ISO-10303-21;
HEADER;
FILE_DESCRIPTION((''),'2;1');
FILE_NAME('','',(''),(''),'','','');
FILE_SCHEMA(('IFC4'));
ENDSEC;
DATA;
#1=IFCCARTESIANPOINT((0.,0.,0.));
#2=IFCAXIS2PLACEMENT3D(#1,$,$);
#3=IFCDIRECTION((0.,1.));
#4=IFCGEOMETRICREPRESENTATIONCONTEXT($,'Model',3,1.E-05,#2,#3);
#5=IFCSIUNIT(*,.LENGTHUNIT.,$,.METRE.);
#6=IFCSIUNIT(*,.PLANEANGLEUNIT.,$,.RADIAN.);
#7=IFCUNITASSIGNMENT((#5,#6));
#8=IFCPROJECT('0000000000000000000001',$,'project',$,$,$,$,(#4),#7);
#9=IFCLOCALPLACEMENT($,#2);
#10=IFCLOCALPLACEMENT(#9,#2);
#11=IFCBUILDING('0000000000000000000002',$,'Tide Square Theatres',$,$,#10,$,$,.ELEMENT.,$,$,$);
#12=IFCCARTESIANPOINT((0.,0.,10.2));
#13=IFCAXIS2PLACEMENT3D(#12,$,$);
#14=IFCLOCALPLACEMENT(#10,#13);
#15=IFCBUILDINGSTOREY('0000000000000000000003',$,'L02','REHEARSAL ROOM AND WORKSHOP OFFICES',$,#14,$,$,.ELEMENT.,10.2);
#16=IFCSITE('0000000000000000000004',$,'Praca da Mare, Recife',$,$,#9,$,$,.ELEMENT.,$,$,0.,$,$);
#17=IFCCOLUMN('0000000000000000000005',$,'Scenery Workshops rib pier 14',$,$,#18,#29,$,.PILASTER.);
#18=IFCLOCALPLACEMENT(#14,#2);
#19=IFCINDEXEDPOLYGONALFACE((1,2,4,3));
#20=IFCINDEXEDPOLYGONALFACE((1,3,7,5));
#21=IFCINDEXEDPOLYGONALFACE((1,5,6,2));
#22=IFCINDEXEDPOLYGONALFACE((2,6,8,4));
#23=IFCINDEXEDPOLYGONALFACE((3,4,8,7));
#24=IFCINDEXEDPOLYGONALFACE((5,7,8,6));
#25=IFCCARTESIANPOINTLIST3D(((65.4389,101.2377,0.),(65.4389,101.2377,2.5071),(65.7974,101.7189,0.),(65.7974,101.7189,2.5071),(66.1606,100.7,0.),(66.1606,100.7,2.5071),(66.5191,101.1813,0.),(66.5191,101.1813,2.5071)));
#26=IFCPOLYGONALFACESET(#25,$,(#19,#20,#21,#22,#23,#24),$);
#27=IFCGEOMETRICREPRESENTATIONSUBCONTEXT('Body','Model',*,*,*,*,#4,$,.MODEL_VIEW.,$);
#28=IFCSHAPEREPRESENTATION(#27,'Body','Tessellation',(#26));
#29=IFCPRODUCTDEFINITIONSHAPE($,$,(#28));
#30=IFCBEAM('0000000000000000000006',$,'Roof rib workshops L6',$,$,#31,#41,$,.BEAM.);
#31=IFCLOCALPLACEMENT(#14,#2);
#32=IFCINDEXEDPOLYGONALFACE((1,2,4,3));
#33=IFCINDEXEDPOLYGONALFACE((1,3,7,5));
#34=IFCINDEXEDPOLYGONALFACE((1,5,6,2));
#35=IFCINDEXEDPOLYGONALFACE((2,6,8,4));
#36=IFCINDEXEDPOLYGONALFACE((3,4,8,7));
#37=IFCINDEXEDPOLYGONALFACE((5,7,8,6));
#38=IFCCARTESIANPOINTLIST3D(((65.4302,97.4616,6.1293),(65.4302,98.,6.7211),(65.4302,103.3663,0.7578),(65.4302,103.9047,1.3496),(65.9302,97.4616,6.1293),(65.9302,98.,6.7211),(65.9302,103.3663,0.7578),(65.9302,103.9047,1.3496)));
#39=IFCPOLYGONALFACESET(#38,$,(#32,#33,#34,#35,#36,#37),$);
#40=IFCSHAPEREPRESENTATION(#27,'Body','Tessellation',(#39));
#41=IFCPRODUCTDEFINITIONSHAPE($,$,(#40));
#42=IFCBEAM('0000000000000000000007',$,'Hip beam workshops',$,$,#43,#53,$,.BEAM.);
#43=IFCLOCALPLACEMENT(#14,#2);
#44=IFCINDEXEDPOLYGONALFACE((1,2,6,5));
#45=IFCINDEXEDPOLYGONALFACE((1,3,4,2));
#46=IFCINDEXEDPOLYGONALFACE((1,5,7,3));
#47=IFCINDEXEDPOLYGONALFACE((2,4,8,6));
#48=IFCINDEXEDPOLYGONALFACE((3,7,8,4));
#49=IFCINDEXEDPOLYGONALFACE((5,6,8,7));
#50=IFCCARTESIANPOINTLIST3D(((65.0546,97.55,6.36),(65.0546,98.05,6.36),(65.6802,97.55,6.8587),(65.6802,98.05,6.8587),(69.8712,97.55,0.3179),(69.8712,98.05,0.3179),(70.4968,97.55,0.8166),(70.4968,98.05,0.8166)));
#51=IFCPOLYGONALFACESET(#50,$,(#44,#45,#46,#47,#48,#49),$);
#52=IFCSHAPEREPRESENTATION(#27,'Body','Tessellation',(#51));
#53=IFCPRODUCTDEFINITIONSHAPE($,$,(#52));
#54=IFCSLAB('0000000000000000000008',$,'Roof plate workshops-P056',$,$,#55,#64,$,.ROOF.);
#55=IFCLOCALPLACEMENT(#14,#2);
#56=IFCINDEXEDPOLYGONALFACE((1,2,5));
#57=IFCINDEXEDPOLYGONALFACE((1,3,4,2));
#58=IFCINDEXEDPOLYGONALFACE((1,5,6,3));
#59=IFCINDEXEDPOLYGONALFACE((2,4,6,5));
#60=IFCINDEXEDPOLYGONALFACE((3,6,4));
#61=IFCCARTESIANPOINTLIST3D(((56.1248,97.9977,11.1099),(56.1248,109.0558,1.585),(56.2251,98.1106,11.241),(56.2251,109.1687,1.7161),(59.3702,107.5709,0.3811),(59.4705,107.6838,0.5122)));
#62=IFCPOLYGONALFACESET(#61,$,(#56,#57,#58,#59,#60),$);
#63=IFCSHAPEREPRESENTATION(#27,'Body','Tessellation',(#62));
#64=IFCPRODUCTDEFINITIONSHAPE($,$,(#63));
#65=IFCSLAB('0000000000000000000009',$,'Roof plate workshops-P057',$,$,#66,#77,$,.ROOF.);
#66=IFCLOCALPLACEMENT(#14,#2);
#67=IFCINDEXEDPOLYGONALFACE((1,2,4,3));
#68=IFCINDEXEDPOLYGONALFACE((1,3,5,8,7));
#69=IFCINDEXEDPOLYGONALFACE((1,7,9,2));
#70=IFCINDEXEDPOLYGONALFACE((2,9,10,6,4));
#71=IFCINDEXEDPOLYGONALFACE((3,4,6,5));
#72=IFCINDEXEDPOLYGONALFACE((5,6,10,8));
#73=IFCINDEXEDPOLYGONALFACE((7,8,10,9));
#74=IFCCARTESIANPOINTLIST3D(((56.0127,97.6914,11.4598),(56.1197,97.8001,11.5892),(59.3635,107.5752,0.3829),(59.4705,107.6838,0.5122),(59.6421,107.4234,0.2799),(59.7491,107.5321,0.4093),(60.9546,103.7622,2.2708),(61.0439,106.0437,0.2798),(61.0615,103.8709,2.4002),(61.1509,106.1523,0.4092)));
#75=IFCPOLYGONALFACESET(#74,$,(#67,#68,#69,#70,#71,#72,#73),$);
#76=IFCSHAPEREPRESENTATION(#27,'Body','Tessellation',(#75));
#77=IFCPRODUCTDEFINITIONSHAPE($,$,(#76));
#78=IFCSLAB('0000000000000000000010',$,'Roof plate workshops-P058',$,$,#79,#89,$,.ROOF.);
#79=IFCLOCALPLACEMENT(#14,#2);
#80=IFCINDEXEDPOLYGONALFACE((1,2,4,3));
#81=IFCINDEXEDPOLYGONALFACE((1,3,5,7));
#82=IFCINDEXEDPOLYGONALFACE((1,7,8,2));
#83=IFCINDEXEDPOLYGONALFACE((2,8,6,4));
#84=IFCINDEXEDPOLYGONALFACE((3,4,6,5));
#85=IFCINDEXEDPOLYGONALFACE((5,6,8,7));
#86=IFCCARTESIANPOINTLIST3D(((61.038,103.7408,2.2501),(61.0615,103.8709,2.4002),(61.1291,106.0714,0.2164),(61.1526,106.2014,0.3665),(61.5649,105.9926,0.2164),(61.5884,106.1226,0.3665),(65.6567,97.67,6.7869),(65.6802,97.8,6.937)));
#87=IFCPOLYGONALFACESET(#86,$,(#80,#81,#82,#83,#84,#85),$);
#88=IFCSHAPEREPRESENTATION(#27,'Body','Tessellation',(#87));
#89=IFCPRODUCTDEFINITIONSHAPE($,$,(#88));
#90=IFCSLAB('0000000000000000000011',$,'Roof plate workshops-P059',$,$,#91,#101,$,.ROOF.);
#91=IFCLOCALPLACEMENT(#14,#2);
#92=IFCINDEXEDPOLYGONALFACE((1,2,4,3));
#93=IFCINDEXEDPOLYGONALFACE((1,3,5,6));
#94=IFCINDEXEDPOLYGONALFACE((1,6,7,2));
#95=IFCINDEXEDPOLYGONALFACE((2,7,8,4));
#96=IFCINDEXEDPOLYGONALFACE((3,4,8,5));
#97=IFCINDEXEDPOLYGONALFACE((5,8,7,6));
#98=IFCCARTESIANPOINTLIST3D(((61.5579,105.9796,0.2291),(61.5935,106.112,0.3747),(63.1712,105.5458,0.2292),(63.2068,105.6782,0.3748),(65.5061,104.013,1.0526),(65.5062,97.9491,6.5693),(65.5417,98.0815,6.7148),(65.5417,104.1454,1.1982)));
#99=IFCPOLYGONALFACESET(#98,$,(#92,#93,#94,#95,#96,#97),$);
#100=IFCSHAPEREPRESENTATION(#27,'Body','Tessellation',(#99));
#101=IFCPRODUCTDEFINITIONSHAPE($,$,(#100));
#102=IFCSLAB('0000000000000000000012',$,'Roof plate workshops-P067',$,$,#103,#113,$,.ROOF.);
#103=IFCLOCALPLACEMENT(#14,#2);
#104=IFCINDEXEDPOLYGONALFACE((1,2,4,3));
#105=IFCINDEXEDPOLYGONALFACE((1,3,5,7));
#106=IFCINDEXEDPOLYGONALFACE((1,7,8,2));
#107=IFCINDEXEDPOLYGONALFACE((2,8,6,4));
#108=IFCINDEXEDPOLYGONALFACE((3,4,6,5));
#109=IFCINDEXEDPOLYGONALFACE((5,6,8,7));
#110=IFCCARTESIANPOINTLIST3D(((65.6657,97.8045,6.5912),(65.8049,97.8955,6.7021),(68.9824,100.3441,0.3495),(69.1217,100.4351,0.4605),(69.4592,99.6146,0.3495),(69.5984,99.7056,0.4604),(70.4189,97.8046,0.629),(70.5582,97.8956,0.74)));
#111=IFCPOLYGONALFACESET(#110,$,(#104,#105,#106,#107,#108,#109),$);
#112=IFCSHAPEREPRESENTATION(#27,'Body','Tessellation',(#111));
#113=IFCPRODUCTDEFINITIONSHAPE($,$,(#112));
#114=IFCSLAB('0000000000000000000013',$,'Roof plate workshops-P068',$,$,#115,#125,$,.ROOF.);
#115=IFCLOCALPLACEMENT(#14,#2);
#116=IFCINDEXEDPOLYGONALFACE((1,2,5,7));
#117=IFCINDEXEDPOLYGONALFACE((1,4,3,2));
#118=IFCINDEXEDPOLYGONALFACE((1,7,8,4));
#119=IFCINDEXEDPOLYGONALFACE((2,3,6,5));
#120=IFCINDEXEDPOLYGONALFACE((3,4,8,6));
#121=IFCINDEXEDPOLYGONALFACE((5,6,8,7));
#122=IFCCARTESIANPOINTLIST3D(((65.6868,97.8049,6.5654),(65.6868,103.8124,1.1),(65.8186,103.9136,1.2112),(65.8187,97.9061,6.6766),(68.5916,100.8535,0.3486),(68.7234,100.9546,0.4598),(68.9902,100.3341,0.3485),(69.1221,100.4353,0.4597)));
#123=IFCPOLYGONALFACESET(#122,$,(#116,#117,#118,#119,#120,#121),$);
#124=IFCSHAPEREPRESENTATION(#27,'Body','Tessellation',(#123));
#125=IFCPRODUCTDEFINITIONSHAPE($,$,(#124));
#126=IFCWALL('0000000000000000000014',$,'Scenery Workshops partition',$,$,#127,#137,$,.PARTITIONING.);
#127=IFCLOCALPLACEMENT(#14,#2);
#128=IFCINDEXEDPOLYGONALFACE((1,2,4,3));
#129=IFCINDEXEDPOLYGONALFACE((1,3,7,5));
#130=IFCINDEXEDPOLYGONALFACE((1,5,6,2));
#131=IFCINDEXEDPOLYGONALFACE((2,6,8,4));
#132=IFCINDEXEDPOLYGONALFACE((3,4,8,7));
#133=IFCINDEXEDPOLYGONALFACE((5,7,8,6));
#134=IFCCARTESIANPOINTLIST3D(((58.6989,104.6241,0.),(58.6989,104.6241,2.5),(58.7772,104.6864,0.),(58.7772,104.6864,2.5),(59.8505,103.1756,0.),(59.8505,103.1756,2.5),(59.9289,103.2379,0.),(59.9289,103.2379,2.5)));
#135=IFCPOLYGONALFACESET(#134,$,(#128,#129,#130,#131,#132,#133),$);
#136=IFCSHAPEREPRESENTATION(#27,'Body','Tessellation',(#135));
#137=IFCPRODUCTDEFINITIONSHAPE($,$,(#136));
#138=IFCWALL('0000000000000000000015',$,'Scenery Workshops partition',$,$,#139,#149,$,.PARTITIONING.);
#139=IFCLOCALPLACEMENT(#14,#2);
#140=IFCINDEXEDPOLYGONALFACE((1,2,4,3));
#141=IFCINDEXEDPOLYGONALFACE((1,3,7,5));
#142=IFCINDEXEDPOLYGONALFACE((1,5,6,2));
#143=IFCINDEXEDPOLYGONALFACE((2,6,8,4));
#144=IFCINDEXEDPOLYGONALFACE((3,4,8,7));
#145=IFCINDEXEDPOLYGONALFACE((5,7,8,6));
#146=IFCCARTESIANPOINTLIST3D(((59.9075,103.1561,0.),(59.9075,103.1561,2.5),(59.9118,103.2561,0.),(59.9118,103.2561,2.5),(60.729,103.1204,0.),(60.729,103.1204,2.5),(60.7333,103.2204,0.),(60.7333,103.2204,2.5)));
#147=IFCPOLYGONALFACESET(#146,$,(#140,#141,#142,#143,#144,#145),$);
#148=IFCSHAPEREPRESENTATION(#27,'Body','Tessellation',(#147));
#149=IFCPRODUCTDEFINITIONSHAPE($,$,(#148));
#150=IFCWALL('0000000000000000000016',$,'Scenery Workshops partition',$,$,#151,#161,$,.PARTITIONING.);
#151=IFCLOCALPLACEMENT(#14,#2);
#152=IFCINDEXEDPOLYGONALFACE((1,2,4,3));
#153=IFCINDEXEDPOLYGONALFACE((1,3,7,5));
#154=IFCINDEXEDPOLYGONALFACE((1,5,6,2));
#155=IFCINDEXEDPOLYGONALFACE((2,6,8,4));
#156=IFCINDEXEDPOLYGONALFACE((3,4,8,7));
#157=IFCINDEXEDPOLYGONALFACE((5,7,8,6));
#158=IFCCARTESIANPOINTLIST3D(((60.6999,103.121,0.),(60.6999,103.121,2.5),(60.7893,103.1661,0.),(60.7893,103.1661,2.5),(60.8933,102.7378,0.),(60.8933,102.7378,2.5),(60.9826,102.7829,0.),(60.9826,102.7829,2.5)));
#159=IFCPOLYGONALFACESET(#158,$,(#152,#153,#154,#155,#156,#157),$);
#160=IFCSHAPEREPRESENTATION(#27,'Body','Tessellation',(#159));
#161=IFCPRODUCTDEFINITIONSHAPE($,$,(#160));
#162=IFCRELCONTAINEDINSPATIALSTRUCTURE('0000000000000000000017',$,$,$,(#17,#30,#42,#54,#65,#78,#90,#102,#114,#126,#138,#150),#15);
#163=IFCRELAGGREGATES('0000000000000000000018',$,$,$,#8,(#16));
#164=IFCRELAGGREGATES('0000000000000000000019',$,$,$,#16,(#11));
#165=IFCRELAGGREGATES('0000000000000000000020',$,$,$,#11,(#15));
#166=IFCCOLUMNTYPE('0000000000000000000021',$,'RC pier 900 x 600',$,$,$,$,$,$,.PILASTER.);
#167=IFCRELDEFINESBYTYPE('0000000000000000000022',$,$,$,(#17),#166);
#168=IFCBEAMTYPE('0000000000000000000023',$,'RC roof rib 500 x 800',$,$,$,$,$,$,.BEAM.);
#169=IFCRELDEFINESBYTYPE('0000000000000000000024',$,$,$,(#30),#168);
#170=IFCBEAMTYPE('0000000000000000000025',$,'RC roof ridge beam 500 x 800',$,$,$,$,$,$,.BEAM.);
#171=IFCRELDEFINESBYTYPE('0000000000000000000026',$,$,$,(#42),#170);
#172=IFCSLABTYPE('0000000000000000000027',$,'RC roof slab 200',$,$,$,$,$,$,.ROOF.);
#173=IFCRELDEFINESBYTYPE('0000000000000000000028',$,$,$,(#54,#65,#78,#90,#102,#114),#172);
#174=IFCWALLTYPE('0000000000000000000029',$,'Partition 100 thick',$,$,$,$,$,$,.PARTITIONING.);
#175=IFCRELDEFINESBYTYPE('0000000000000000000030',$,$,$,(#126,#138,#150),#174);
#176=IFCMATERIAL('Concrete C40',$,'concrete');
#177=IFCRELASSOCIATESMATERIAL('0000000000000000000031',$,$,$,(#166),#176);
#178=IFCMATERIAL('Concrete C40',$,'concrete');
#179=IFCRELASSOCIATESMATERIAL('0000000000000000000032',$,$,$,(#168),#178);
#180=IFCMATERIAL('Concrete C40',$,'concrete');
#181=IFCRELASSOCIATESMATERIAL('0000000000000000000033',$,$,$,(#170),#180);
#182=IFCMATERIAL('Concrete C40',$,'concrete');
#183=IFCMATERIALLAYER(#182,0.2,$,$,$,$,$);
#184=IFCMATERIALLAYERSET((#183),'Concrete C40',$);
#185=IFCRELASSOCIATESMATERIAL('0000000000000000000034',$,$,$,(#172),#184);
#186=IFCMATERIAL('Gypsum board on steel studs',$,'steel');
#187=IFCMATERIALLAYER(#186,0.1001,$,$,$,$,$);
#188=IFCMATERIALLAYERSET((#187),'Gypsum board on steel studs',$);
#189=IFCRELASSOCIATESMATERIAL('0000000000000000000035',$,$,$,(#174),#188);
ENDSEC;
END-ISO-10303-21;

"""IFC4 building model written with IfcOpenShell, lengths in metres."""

from ifc_helpers import new_model, si_unit, direction, frame, frame_2d, origin, origin_2d, place, context, subcontext, project, spatial, polyline, rectangle, outline, extrude, material, layer, layer_set, material_profile, profile_set, type_object, element, save


model = new_model("IFC4")

# Units and contexts
model_context = context("Model", 3, precision=1e-05, world=origin(), true_north=direction((0.0, 1.0)))
body_context = subcontext(model_context, "Body", "Model", "MODEL_VIEW")
ifc_project = project(units=[si_unit("LENGTHUNIT", "METRE"), si_unit("PLANEANGLEUNIT", "RADIAN")], contexts=[model_context])

# Site, building, storey
site_placement = place(None, origin())
site = spatial("IfcSite", under=ifc_project, at=site_placement, Name="Praca da Mare, Recife", CompositionType="ELEMENT", RefElevation=0.0)
building_placement = place(site_placement, origin())
building = spatial("IfcBuilding", under=site, at=building_placement, Name="Tide Square Theatres", CompositionType="ELEMENT")
storey_placement = place(building_placement, frame((0.0, 0.0, 10.2)))
storey = spatial("IfcBuildingStorey", under=building, at=storey_placement, Name="L02", Description="REHEARSAL ROOM AND WORKSHOP OFFICES", CompositionType="ELEMENT", Elevation=10.2)

# Column
ifc_material_1 = material(Name="Concrete C40", Category="concrete")
ifc_material_profile_1 = material_profile(ifc_material_1, rectangle(XDim=0.8999, YDim=0.6001, at=origin_2d()))
ifc_profile_set_1 = profile_set([ifc_material_profile_1], Name="Concrete C40")
column_type = type_object("IfcColumnType", Name="RC pier 900 x 600", PredefinedType="PILASTER", material=ifc_profile_set_1)
column_placement = place(storey_placement, frame((65.979, 101.2095, 0.0), z_axis=(0.0, 0.0, 1.0), x_axis=(-0.801928, 0.597421, 0.0)))
element("IfcColumn", 1, at=column_placement, inside=storey, type_object=column_type, Name="Scenery Workshops rib pier 14", PredefinedType="PILASTER", context=body_context, shape_type="SweptSolid", body=[
    extrude(rectangle(XDim=0.8999, YDim=0.6001, at=origin_2d()), origin(), (0.0, 0.0, 1.0), 2.5071),
])

# Beams
ifc_material_2 = material(Name="Concrete C40", Category="concrete")
ifc_material_profile_2 = material_profile(ifc_material_2, rectangle(XDim=0.5, YDim=0.8, at=origin_2d()))
ifc_profile_set_2 = profile_set([ifc_material_profile_2], Name="Concrete C40")
beam_type_1 = type_object("IfcBeamType", Name="RC roof rib 500 x 800", PredefinedType="BEAM", material=ifc_profile_set_2)
beam_1_placement = place(storey_placement, frame((65.6802, 103.6355, 1.0537), z_axis=(0.0, -0.739716, 0.672919), x_axis=(1.0, 0.0, 0.0)))
element("IfcBeam", 2, at=beam_1_placement, inside=storey, type_object=beam_type_1, Name="Roof rib workshops L6", PredefinedType="BEAM", context=body_context, shape_type="SweptSolid", body=[
    extrude(rectangle(XDim=0.5, YDim=0.8, at=origin_2d()), origin(), (0.0, 0.0, 1.0), 7.9824),
])
ifc_material_3 = material(Name="Concrete C40", Category="concrete")
ifc_material_profile_3 = material_profile(ifc_material_3, rectangle(XDim=0.5, YDim=0.8, at=origin_2d()))
ifc_profile_set_3 = profile_set([ifc_material_profile_3], Name="Concrete C40")
beam_type_2 = type_object("IfcBeamType", Name="RC roof ridge beam 500 x 800", PredefinedType="BEAM", material=ifc_profile_set_3)
beam_2_placement = place(storey_placement, frame((65.3674, 97.8, 6.6094), z_axis=(0.623342, 0.0, -0.78195), x_axis=(0.0, 1.0, 0.0)))
element("IfcBeam", 3, at=beam_2_placement, inside=storey, type_object=beam_type_2, Name="Hip beam workshops", PredefinedType="BEAM", context=body_context, shape_type="SweptSolid", body=[
    extrude(rectangle(XDim=0.5, YDim=0.8, at=origin_2d()), origin(), (0.0, 0.0, 1.0), 7.7271),
])

# Slabs
ifc_material_4 = material(Name="Concrete C40", Category="concrete")
ifc_layer_1 = layer(ifc_material_4, 0.2)
ifc_layer_set_1 = layer_set([ifc_layer_1], Name="Concrete C40")
slab_type = type_object("IfcSlabType", Name="RC roof slab 200", PredefinedType="ROOF", material=ifc_layer_set_1)
slab_1_placement = place(storey_placement, frame((59.4705, 107.6838, 0.5122), z_axis=(0.501497, 0.564627, 0.655513), x_axis=(-0.86164, 0.39423, 0.319623)))
element("IfcSlab", 4, at=slab_1_placement, inside=storey, type_object=slab_type, Name="Roof plate workshops-P056", PredefinedType="ROOF", context=body_context, shape_type="SweptSolid", body=[
    extrude(outline(polyline([(0.0, 0.0), (3.7665, 0.0), (2.4514, 14.5353), (0.0, 0.0)])), origin(), (0.0, 0.0, -1.0), 0.2),
])
slab_2_placement = place(storey_placement, frame((59.4705, 107.6838, 0.5122), z_axis=(0.535015, 0.543508, 0.646806), x_axis=(-0.220173, -0.649439, 0.727841)))
element("IfcSlab", 5, at=slab_2_placement, inside=storey, type_object=slab_type, Name="Roof plate workshops-P057", PredefinedType="ROOF", context=body_context, shape_type="SweptSolid", body=[
    extrude(outline(polyline([(0.0, 0.0), (15.2189, 0.0), (3.5001, 2.8955), (0.5496, 2.2086), (-0.0377, 0.3314), (0.0, 0.0)])), origin(), (0.0, 0.0, -1.0), 0.2),
])
slab_3_placement = place(storey_placement, frame((65.6802, 97.8, 6.937), z_axis=(0.117587, 0.650323, 0.750502), x_axis=(-0.360012, 0.73225, -0.578101)))
element("IfcSlab", 6, at=slab_3_placement, inside=storey, type_object=slab_type, Name="Roof plate workshops-P058", PredefinedType="ROOF", context=body_context, shape_type="SweptSolid", body=[
    extrude(outline(polyline([(0.0, 0.0), (11.3657, 0.0), (11.5803, 0.3874), (8.7309, 1.5942), (0.0, 0.0)])), origin(), (0.0, 0.0, -1.0), 0.2),
])
slab_4_placement = place(storey_placement, frame((63.2068, 105.6782, 0.3748), z_axis=(0.178014, 0.662194, 0.72788), x_axis=(-0.965702, 0.259651, -0.000043)))
element("IfcSlab", 7, at=slab_4_placement, inside=storey, type_object=slab_type, Name="Roof plate workshops-P059", PredefinedType="ROOF", context=body_context, shape_type="SweptSolid", body=[
    extrude(outline(polyline([(0.0, 0.0), (1.6706, 0.0), (-4.2276, 9.2458), (-2.6529, 1.2007), (0.0, 0.0)])), origin(), (0.0, 0.0, -1.0), 0.2),
])
slab_5_placement = place(storey_placement, frame((69.5984, 99.7056, 0.4604), z_axis=(0.696301, 0.454975, 0.555124), x_axis=(-0.547034, 0.837111, 0.000064)))
element("IfcSlab", 8, at=slab_5_placement, inside=storey, type_object=slab_type, Name="Roof plate workshops-P067", PredefinedType="ROOF", context=body_context, shape_type="SweptSolid", body=[
    extrude(outline(polyline([(0.0, 0.0), (0.8715, 0.0), (0.5603, 7.5041), (-2.0402, 0.3363), (0.0, 0.0)])), origin(), (0.0, 0.0, -1.0), 0.2),
])
slab_6_placement = place(storey_placement, frame((69.1221, 100.4353, 0.4597), z_axis=(0.659279, 0.505988, 0.556172), x_axis=(-0.608881, 0.793261, 0.000076)))
element("IfcSlab", 9, at=slab_6_placement, inside=storey, type_object=slab_type, Name="Roof plate workshops-P068", PredefinedType="ROOF", context=body_context, shape_type="SweptSolid", body=[
    extrude(outline(polyline([(0.0, 0.0), (0.6547, 0.0), (4.7707, 0.9038), (0.0055, 7.4806), (0.0, 0.0)])), origin(), (0.0, 0.0, -1.0), 0.2),
])

# Walls
ifc_material_5 = material(Name="Gypsum board on steel studs", Category="steel")
ifc_layer_2 = layer(ifc_material_5, 0.1001)
ifc_layer_set_2 = layer_set([ifc_layer_2], Name="Gypsum board on steel studs")
wall_type_1 = type_object("IfcWallType", Name="Partition 100 thick", PredefinedType="PARTITIONING", material=ifc_layer_set_2)
wall_1_placement = place(storey_placement, frame((58.738, 104.6553, 0.0), z_axis=(0.0, 0.0, 1.0), x_axis=(0.622327, -0.782757, 0.0)))
element("IfcWall", 10, at=wall_1_placement, inside=storey, type_object=wall_type_1, Name="Scenery Workshops partition", PredefinedType="PARTITIONING", context=body_context, shape_type="SweptSolid", body=[
    extrude(rectangle(XDim=1.8506, YDim=0.1001, at=frame_2d((0.9253, 0.0))), origin(), (0.0, 0.0, 1.0), 2.5),
])
wall_2_placement = place(storey_placement, frame((59.9097, 103.2061, 0.0), z_axis=(0.0, 0.0, 1.0), x_axis=(0.99906, -0.043347, 0.0)))
element("IfcWall", 11, at=wall_2_placement, inside=storey, type_object=wall_type_1, Name="Scenery Workshops partition", PredefinedType="PARTITIONING", context=body_context, shape_type="SweptSolid", body=[
    extrude(rectangle(XDim=0.8223, YDim=0.1001, at=frame_2d((0.4111, 0.0))), origin(), (0.0, 0.0, 1.0), 2.5),
])
wall_3_placement = place(storey_placement, frame((60.7446, 103.1436, 0.0), z_axis=(0.0, 0.0, 1.0), x_axis=(0.450395, -0.892829, 0.0)))
element("IfcWall", 12, at=wall_3_placement, inside=storey, type_object=wall_type_1, Name="Scenery Workshops partition", PredefinedType="PARTITIONING", context=body_context, shape_type="SweptSolid", body=[
    extrude(rectangle(XDim=0.4292, YDim=0.1001, at=frame_2d((0.2146, 0.0))), origin(), (0.0, 0.0, 1.0), 2.5),
])

save(model, "model.ifc")
